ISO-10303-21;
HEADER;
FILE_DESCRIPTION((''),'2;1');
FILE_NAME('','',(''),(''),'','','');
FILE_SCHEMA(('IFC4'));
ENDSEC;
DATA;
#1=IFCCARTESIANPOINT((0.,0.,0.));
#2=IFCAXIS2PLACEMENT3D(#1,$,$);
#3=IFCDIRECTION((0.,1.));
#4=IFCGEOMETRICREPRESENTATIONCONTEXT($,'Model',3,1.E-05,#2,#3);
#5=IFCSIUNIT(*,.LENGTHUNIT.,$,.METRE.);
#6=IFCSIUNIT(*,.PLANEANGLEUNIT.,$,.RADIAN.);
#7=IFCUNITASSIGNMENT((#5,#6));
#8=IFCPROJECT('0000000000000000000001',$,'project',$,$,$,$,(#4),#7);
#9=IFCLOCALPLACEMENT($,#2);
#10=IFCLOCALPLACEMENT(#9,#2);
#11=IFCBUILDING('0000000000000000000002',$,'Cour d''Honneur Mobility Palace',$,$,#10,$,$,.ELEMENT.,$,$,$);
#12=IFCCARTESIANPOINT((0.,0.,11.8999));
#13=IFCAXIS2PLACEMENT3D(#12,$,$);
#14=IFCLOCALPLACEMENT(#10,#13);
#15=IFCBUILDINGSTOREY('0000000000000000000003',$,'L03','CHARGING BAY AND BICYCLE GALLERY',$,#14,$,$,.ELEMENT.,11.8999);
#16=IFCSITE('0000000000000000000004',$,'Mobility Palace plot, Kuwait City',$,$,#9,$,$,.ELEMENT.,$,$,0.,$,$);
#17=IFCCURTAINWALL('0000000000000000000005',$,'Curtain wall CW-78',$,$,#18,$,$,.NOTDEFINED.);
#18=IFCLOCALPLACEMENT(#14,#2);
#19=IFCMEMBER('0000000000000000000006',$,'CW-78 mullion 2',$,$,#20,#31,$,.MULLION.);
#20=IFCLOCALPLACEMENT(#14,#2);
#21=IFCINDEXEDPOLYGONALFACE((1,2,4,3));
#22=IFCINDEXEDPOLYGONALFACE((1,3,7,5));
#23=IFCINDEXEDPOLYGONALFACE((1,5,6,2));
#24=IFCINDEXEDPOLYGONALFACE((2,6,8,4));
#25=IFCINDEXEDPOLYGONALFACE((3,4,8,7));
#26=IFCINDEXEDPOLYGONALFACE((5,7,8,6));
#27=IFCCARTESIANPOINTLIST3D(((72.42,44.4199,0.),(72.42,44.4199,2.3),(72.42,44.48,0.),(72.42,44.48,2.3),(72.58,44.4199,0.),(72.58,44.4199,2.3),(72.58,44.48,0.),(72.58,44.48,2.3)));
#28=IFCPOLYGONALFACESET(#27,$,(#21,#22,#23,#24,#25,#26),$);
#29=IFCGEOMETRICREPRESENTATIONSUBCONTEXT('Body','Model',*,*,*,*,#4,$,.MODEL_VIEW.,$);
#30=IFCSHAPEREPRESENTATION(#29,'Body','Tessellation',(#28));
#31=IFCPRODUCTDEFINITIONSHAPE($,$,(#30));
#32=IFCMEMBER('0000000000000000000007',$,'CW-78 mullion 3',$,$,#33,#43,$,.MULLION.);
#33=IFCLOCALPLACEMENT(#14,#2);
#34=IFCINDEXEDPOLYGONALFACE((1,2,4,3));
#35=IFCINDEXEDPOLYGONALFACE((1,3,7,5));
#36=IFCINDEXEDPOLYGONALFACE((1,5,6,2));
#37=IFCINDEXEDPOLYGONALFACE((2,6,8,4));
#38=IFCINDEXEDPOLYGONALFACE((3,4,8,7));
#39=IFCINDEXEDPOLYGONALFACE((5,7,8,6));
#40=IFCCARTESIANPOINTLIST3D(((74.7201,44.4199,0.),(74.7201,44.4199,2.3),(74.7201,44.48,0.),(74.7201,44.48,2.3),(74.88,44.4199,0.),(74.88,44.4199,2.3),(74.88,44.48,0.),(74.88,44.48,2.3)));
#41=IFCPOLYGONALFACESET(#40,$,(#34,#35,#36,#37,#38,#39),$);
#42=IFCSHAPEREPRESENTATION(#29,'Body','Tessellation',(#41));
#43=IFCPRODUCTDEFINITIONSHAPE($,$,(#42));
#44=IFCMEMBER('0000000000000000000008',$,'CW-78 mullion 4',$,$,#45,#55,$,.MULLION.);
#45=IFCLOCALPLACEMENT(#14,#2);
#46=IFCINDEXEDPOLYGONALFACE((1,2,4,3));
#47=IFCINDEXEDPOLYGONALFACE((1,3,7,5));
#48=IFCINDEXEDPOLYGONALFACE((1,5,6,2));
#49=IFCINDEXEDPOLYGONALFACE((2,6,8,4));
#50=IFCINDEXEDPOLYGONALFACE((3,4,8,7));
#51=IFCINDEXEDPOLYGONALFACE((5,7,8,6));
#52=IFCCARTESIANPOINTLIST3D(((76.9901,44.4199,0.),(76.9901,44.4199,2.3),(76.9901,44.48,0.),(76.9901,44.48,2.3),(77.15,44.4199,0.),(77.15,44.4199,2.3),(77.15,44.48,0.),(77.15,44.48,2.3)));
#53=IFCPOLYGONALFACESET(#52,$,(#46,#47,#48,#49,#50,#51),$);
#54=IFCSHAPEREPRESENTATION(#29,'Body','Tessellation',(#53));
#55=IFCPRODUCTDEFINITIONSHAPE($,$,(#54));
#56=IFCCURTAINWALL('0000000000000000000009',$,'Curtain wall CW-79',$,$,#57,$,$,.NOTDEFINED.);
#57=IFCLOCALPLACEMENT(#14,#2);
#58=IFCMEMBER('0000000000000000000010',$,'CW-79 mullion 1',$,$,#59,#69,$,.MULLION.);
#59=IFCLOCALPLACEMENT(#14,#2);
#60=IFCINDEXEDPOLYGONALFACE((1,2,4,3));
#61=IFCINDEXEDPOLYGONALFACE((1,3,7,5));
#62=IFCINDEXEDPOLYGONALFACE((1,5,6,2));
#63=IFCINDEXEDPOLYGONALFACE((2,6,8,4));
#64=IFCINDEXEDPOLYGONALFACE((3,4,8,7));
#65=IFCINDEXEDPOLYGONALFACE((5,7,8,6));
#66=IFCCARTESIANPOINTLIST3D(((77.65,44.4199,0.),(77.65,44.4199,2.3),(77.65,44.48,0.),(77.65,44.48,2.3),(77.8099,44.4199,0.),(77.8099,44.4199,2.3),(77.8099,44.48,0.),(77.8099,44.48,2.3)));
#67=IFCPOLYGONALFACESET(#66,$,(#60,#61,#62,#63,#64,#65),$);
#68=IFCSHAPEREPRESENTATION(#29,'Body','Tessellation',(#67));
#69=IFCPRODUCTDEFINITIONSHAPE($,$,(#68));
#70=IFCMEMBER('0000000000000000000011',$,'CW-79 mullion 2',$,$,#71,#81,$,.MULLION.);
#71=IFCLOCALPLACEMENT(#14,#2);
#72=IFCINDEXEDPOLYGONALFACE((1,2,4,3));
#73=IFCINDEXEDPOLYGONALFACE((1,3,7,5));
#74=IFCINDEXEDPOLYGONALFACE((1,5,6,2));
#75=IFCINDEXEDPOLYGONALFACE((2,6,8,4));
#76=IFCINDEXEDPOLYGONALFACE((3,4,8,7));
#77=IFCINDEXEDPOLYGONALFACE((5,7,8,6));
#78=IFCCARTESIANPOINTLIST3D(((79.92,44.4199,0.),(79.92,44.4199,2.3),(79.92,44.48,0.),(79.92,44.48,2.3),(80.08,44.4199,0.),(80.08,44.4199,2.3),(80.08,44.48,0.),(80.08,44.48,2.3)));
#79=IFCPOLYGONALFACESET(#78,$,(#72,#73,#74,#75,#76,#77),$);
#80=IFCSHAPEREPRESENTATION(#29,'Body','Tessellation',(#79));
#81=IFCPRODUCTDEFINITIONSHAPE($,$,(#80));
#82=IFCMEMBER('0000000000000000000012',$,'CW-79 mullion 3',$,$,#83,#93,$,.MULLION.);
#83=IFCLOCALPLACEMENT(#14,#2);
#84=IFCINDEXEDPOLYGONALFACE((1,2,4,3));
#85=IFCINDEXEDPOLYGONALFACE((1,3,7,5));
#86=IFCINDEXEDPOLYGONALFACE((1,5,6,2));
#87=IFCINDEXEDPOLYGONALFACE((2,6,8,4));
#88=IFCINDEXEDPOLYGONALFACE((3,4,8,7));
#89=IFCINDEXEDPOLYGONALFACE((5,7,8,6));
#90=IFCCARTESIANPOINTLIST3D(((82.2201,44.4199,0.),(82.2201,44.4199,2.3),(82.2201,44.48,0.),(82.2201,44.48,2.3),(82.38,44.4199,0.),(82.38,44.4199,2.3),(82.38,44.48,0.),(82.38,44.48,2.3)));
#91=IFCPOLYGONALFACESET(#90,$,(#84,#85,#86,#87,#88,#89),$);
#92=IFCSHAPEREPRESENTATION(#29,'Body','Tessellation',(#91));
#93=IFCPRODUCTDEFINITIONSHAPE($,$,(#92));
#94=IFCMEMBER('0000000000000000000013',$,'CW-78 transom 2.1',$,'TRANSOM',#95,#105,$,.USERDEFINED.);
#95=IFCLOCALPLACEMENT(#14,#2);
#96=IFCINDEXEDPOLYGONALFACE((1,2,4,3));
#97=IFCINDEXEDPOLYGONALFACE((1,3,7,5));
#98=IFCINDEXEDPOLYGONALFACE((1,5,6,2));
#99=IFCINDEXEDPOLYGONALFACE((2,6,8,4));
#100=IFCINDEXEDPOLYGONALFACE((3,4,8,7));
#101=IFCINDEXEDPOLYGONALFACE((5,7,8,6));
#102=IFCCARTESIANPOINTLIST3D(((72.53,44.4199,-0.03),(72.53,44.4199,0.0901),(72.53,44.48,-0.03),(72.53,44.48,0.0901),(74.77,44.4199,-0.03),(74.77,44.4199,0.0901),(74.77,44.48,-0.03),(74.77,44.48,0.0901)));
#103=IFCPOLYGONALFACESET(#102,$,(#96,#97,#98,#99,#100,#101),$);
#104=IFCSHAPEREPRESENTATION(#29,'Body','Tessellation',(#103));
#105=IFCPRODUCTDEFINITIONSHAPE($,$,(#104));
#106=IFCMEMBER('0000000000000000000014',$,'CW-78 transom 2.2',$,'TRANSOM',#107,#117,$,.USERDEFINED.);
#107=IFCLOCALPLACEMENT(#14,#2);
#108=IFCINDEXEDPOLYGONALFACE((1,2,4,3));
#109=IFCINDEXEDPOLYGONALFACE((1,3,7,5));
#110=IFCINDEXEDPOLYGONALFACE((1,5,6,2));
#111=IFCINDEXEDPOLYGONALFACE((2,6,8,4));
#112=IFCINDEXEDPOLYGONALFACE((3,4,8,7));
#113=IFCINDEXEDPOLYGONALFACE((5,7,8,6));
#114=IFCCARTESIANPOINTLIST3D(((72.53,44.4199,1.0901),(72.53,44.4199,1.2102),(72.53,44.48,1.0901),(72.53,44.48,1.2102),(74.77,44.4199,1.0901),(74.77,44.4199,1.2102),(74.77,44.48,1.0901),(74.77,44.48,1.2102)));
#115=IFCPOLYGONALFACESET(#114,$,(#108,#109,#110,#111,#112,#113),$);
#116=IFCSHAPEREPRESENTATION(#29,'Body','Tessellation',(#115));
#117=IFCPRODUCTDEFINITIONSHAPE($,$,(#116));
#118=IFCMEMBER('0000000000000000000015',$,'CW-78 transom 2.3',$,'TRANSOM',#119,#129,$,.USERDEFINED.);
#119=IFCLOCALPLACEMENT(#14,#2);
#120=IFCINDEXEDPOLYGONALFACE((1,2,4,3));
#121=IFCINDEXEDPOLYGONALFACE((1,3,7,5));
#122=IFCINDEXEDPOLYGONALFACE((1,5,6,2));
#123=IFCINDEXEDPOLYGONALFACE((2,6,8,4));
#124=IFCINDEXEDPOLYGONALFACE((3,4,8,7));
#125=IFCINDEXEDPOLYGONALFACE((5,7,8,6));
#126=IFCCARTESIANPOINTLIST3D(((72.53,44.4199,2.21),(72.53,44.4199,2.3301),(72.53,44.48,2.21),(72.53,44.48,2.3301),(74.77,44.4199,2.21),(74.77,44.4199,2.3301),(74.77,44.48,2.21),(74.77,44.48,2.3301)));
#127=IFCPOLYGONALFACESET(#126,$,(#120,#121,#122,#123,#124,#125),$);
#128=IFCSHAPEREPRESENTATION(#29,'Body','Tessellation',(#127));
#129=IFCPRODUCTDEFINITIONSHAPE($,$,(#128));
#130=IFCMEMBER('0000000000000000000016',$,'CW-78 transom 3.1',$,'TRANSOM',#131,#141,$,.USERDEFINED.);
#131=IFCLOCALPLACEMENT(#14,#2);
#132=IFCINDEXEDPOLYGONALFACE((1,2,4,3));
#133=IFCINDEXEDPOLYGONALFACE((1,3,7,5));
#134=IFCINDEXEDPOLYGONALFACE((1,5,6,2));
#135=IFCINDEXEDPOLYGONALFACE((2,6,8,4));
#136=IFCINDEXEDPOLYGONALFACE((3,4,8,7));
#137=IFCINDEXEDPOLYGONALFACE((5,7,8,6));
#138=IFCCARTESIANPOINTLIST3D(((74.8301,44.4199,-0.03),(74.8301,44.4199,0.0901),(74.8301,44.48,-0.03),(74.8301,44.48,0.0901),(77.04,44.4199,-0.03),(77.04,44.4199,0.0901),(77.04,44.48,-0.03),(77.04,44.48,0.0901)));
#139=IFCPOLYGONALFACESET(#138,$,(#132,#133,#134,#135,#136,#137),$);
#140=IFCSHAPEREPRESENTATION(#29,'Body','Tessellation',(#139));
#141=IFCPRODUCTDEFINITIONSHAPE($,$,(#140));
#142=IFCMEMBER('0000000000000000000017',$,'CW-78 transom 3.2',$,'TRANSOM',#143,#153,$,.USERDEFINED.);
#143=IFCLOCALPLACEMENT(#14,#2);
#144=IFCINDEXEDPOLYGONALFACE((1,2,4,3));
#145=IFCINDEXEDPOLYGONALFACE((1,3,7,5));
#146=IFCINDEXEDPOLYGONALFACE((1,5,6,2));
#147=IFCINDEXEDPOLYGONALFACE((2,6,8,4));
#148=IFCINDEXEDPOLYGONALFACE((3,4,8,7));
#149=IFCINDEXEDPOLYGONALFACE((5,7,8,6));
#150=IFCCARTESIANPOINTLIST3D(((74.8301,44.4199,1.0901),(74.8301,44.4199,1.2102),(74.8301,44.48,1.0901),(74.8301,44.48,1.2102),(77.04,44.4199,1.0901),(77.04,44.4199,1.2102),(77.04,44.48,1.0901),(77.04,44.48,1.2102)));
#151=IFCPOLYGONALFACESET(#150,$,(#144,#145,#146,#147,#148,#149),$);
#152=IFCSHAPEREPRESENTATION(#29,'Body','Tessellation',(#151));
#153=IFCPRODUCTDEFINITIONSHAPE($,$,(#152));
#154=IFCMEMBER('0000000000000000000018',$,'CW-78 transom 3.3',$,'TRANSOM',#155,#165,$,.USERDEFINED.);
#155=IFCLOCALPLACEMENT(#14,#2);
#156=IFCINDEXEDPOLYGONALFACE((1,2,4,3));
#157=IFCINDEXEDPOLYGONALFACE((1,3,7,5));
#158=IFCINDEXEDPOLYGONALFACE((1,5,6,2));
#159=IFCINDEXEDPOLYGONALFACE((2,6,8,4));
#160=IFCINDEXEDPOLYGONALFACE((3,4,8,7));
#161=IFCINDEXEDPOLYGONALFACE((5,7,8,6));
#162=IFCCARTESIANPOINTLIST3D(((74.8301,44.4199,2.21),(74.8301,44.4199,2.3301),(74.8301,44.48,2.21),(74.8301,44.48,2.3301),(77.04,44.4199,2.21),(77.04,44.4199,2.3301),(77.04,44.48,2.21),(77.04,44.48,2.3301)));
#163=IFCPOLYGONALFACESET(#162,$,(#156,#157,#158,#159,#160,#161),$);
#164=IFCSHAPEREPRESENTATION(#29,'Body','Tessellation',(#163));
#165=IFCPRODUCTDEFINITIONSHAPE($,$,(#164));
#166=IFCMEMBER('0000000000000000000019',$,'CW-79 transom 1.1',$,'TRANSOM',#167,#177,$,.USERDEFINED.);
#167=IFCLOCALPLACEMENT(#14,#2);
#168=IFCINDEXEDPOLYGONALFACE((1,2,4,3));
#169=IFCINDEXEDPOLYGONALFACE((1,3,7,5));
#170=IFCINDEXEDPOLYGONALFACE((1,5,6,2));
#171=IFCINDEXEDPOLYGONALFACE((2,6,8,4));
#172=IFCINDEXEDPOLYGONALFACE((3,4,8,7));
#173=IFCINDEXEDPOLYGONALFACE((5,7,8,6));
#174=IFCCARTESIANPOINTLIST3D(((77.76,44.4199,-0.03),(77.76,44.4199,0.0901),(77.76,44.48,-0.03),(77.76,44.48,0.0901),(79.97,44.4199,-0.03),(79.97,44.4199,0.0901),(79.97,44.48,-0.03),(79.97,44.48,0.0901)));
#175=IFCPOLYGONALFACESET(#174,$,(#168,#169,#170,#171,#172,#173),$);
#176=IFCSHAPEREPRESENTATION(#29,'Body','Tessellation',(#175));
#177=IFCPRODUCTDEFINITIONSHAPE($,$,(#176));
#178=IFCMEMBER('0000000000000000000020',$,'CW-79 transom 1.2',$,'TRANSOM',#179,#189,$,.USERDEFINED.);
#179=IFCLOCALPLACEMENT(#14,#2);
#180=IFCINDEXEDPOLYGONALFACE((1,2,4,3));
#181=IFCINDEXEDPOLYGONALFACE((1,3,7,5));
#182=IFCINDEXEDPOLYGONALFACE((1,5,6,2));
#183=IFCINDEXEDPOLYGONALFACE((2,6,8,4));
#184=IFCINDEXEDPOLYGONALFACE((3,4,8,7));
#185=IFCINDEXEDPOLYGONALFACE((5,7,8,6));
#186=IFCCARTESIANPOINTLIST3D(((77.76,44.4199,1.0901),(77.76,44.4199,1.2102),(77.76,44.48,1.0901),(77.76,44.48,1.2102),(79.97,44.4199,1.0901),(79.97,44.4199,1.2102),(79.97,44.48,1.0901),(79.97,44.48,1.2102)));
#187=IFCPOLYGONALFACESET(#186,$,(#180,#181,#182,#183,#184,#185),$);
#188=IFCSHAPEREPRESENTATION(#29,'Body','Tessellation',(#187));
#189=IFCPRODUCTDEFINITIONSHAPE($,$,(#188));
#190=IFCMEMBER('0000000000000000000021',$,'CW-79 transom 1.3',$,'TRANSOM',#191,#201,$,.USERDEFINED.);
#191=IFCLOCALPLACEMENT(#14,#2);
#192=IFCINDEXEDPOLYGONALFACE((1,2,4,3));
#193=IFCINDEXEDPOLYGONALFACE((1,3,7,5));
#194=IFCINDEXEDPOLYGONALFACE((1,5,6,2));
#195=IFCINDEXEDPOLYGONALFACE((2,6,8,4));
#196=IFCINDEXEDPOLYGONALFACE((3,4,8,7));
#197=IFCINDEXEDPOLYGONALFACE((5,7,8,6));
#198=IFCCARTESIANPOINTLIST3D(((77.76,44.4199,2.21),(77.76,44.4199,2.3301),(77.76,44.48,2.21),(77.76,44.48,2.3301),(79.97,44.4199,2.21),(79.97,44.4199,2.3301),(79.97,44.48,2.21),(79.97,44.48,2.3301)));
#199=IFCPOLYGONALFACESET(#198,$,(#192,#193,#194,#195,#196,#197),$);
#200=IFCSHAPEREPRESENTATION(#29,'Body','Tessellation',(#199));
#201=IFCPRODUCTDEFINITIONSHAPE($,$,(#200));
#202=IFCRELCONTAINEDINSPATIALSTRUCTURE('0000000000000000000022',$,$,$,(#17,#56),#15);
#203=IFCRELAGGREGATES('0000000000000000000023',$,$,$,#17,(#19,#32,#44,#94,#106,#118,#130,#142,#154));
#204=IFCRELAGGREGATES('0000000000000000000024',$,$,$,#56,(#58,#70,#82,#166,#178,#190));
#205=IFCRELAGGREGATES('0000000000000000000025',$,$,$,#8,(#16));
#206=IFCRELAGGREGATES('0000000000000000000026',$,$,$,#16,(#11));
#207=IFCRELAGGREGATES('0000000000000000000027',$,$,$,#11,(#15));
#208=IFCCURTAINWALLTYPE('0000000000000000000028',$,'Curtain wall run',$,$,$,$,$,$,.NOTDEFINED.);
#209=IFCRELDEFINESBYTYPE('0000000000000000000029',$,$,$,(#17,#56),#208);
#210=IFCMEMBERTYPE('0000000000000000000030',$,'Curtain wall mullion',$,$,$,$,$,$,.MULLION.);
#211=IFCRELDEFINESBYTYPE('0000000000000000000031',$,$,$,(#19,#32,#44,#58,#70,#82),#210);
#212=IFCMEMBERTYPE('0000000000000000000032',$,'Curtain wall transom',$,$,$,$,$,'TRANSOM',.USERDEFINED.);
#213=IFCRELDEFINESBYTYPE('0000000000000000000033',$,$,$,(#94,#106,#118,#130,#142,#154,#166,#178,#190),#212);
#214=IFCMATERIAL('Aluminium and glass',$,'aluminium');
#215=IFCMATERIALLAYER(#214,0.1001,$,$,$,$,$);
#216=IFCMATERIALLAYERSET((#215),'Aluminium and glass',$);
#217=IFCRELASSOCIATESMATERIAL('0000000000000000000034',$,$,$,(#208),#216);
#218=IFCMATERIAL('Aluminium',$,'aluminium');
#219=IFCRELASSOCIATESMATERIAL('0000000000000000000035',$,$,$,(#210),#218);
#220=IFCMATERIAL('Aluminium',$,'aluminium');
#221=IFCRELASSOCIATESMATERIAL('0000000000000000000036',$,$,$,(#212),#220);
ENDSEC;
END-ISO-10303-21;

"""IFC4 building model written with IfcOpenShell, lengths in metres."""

from ifc_helpers import new_model, si_unit, direction, frame, origin, origin_2d, place, context, subcontext, project, spatial, rectangle, extrude, material, layer, layer_set, material_profile, profile_set, type_object, element, aggregate, save


model = new_model("IFC4")

# Units and contexts
model_context = context("Model", 3, precision=1e-05, world=origin(), true_north=direction((0.0, 1.0)))
body_context = subcontext(model_context, "Body", "Model", "MODEL_VIEW")
ifc_project = project(units=[si_unit("LENGTHUNIT", "METRE"), si_unit("PLANEANGLEUNIT", "RADIAN")], contexts=[model_context])

# Site, building, storey
site_placement = place(None, origin())
site = spatial("IfcSite", under=ifc_project, at=site_placement, Name="Mobility Palace plot, Kuwait City", CompositionType="ELEMENT", RefElevation=0.0)
building_placement = place(site_placement, origin())
building = spatial("IfcBuilding", under=site, at=building_placement, Name="Cour d'Honneur Mobility Palace", CompositionType="ELEMENT")
storey_placement = place(building_placement, frame((0.0, 0.0, 11.8999)))
storey = spatial("IfcBuildingStorey", under=building, at=storey_placement, Name="L03", Description="CHARGING BAY AND BICYCLE GALLERY", CompositionType="ELEMENT", Elevation=11.8999)

# Curtain walls, members
ifc_material_1 = material(Name="Aluminium and glass", Category="aluminium")
ifc_layer_1 = layer(ifc_material_1, 0.1001)
ifc_layer_set_1 = layer_set([ifc_layer_1], Name="Aluminium and glass")
curtain_wall_type = type_object("IfcCurtainWallType", Name="Curtain wall run", PredefinedType="NOTDEFINED", material=ifc_layer_set_1)
curtain_wall_1_placement = place(storey_placement, origin())
curtain_wall_1 = element("IfcCurtainWall", 1, at=curtain_wall_1_placement, inside=storey, type_object=curtain_wall_type, Name="Curtain wall CW-78", PredefinedType="NOTDEFINED")
ifc_material_2 = material(Name="Aluminium", Category="aluminium")
ifc_material_profile_1 = material_profile(ifc_material_2, rectangle(XDim=0.0601, YDim=0.1599, at=origin_2d()), Name="Curtain wall mullion")
ifc_profile_set_1 = profile_set([ifc_material_profile_1], Name="Aluminium")
member_type_1 = type_object("IfcMemberType", Name="Curtain wall mullion", PredefinedType="MULLION", material=ifc_profile_set_1)
member_1_placement = place(storey_placement, frame((72.5, 44.45, 0.0), z_axis=(0.0, 0.0, 1.0), x_axis=(0.0, 1.0, 0.0)))
member_1 = element("IfcMember", 2, at=member_1_placement, type_object=member_type_1, Name="CW-78 mullion 2", PredefinedType="MULLION", context=body_context, shape_type="SweptSolid", body=[
    extrude(rectangle(XDim=0.0601, YDim=0.1599, at=origin_2d()), origin(), (0.0, 0.0, 1.0), 2.3),
])
member_2_placement = place(storey_placement, frame((74.8, 44.45, 0.0), z_axis=(0.0, 0.0, 1.0), x_axis=(0.0, 1.0, 0.0)))
member_2 = element("IfcMember", 3, at=member_2_placement, type_object=member_type_1, Name="CW-78 mullion 3", PredefinedType="MULLION", context=body_context, shape_type="SweptSolid", body=[
    extrude(rectangle(XDim=0.0601, YDim=0.1599, at=origin_2d()), origin(), (0.0, 0.0, 1.0), 2.3),
])
member_3_placement = place(storey_placement, frame((77.0701, 44.45, 0.0), z_axis=(0.0, 0.0, 1.0), x_axis=(0.0, 1.0, 0.0)))
member_3 = element("IfcMember", 4, at=member_3_placement, type_object=member_type_1, Name="CW-78 mullion 4", PredefinedType="MULLION", context=body_context, shape_type="SweptSolid", body=[
    extrude(rectangle(XDim=0.0601, YDim=0.1599, at=origin_2d()), origin(), (0.0, 0.0, 1.0), 2.3),
])
curtain_wall_2_placement = place(storey_placement, origin())
curtain_wall_2 = element("IfcCurtainWall", 5, at=curtain_wall_2_placement, inside=storey, type_object=curtain_wall_type, Name="Curtain wall CW-79", PredefinedType="NOTDEFINED")
member_4_placement = place(storey_placement, frame((77.73, 44.45, 0.0), z_axis=(0.0, 0.0, 1.0), x_axis=(0.0, 1.0, 0.0)))
member_4 = element("IfcMember", 6, at=member_4_placement, type_object=member_type_1, Name="CW-79 mullion 1", PredefinedType="MULLION", context=body_context, shape_type="SweptSolid", body=[
    extrude(rectangle(XDim=0.0601, YDim=0.1599, at=origin_2d()), origin(), (0.0, 0.0, 1.0), 2.3),
])
member_5_placement = place(storey_placement, frame((80.0, 44.45, 0.0), z_axis=(0.0, 0.0, 1.0), x_axis=(0.0, 1.0, 0.0)))
member_5 = element("IfcMember", 7, at=member_5_placement, type_object=member_type_1, Name="CW-79 mullion 2", PredefinedType="MULLION", context=body_context, shape_type="SweptSolid", body=[
    extrude(rectangle(XDim=0.0601, YDim=0.1599, at=origin_2d()), origin(), (0.0, 0.0, 1.0), 2.3),
])
member_6_placement = place(storey_placement, frame((82.3, 44.45, 0.0), z_axis=(0.0, 0.0, 1.0), x_axis=(0.0, 1.0, 0.0)))
member_6 = element("IfcMember", 8, at=member_6_placement, type_object=member_type_1, Name="CW-79 mullion 3", PredefinedType="MULLION", context=body_context, shape_type="SweptSolid", body=[
    extrude(rectangle(XDim=0.0601, YDim=0.1599, at=origin_2d()), origin(), (0.0, 0.0, 1.0), 2.3),
])

# Members
ifc_material_3 = material(Name="Aluminium", Category="aluminium")
ifc_material_profile_2 = material_profile(ifc_material_3, rectangle(XDim=0.0601, YDim=0.1201, at=origin_2d()), Name="Curtain wall transom")
ifc_profile_set_2 = profile_set([ifc_material_profile_2], Name="Aluminium")
member_type_2 = type_object("IfcMemberType", Name="Curtain wall transom", ElementType="TRANSOM", PredefinedType="USERDEFINED", material=ifc_profile_set_2)
member_7_placement = place(storey_placement, frame((72.53, 44.45, 0.03), z_axis=(1.0, 0.0, 0.0), x_axis=(0.0, 1.0, 0.0)))
member_7 = element("IfcMember", 9, at=member_7_placement, type_object=member_type_2, Name="CW-78 transom 2.1", ObjectType="TRANSOM", PredefinedType="USERDEFINED", context=body_context, shape_type="SweptSolid", body=[
    extrude(rectangle(XDim=0.0601, YDim=0.1201, at=origin_2d()), origin(), (0.0, 0.0, 1.0), 2.24),
])
member_8_placement = place(storey_placement, frame((72.53, 44.45, 1.1501), z_axis=(1.0, 0.0, 0.0), x_axis=(0.0, 1.0, 0.0)))
member_8 = element("IfcMember", 10, at=member_8_placement, type_object=member_type_2, Name="CW-78 transom 2.2", ObjectType="TRANSOM", PredefinedType="USERDEFINED", context=body_context, shape_type="SweptSolid", body=[
    extrude(rectangle(XDim=0.0601, YDim=0.1201, at=origin_2d()), origin(), (0.0, 0.0, 1.0), 2.24),
])
member_9_placement = place(storey_placement, frame((72.53, 44.45, 2.27), z_axis=(1.0, 0.0, 0.0), x_axis=(0.0, 1.0, 0.0)))
member_9 = element("IfcMember", 11, at=member_9_placement, type_object=member_type_2, Name="CW-78 transom 2.3", ObjectType="TRANSOM", PredefinedType="USERDEFINED", context=body_context, shape_type="SweptSolid", body=[
    extrude(rectangle(XDim=0.0601, YDim=0.1201, at=origin_2d()), origin(), (0.0, 0.0, 1.0), 2.24),
])
member_10_placement = place(storey_placement, frame((74.8301, 44.45, 0.03), z_axis=(1.0, 0.0, 0.0), x_axis=(0.0, 1.0, 0.0)))
member_10 = element("IfcMember", 12, at=member_10_placement, type_object=member_type_2, Name="CW-78 transom 3.1", ObjectType="TRANSOM", PredefinedType="USERDEFINED", context=body_context, shape_type="SweptSolid", body=[
    extrude(rectangle(XDim=0.0601, YDim=0.1201, at=origin_2d()), origin(), (0.0, 0.0, 1.0), 2.21),
])
member_11_placement = place(storey_placement, frame((74.8301, 44.45, 1.1501), z_axis=(1.0, 0.0, 0.0), x_axis=(0.0, 1.0, 0.0)))
member_11 = element("IfcMember", 13, at=member_11_placement, type_object=member_type_2, Name="CW-78 transom 3.2", ObjectType="TRANSOM", PredefinedType="USERDEFINED", context=body_context, shape_type="SweptSolid", body=[
    extrude(rectangle(XDim=0.0601, YDim=0.1201, at=origin_2d()), origin(), (0.0, 0.0, 1.0), 2.21),
])
member_12_placement = place(storey_placement, frame((74.8301, 44.45, 2.27), z_axis=(1.0, 0.0, 0.0), x_axis=(0.0, 1.0, 0.0)))
member_12 = element("IfcMember", 14, at=member_12_placement, type_object=member_type_2, Name="CW-78 transom 3.3", ObjectType="TRANSOM", PredefinedType="USERDEFINED", context=body_context, shape_type="SweptSolid", body=[
    extrude(rectangle(XDim=0.0601, YDim=0.1201, at=origin_2d()), origin(), (0.0, 0.0, 1.0), 2.21),
])
member_13_placement = place(storey_placement, frame((77.76, 44.45, 0.03), z_axis=(1.0, 0.0, 0.0), x_axis=(0.0, 1.0, 0.0)))
member_13 = element("IfcMember", 15, at=member_13_placement, type_object=member_type_2, Name="CW-79 transom 1.1", ObjectType="TRANSOM", PredefinedType="USERDEFINED", context=body_context, shape_type="SweptSolid", body=[
    extrude(rectangle(XDim=0.0601, YDim=0.1201, at=origin_2d()), origin(), (0.0, 0.0, 1.0), 2.21),
])
member_14_placement = place(storey_placement, frame((77.76, 44.45, 1.1501), z_axis=(1.0, 0.0, 0.0), x_axis=(0.0, 1.0, 0.0)))
member_14 = element("IfcMember", 16, at=member_14_placement, type_object=member_type_2, Name="CW-79 transom 1.2", ObjectType="TRANSOM", PredefinedType="USERDEFINED", context=body_context, shape_type="SweptSolid", body=[
    extrude(rectangle(XDim=0.0601, YDim=0.1201, at=origin_2d()), origin(), (0.0, 0.0, 1.0), 2.21),
])
member_15_placement = place(storey_placement, frame((77.76, 44.45, 2.27), z_axis=(1.0, 0.0, 0.0), x_axis=(0.0, 1.0, 0.0)))
member_15 = element("IfcMember", 17, at=member_15_placement, type_object=member_type_2, Name="CW-79 transom 1.3", ObjectType="TRANSOM", PredefinedType="USERDEFINED", context=body_context, shape_type="SweptSolid", body=[
    extrude(rectangle(XDim=0.0601, YDim=0.1201, at=origin_2d()), origin(), (0.0, 0.0, 1.0), 2.21),
])

aggregate(curtain_wall_1, [member_1, member_2, member_3, member_7, member_8, member_9, member_10, member_11, member_12])
aggregate(curtain_wall_2, [member_4, member_5, member_6, member_13, member_14, member_15])

save(model, "model.ifc")
